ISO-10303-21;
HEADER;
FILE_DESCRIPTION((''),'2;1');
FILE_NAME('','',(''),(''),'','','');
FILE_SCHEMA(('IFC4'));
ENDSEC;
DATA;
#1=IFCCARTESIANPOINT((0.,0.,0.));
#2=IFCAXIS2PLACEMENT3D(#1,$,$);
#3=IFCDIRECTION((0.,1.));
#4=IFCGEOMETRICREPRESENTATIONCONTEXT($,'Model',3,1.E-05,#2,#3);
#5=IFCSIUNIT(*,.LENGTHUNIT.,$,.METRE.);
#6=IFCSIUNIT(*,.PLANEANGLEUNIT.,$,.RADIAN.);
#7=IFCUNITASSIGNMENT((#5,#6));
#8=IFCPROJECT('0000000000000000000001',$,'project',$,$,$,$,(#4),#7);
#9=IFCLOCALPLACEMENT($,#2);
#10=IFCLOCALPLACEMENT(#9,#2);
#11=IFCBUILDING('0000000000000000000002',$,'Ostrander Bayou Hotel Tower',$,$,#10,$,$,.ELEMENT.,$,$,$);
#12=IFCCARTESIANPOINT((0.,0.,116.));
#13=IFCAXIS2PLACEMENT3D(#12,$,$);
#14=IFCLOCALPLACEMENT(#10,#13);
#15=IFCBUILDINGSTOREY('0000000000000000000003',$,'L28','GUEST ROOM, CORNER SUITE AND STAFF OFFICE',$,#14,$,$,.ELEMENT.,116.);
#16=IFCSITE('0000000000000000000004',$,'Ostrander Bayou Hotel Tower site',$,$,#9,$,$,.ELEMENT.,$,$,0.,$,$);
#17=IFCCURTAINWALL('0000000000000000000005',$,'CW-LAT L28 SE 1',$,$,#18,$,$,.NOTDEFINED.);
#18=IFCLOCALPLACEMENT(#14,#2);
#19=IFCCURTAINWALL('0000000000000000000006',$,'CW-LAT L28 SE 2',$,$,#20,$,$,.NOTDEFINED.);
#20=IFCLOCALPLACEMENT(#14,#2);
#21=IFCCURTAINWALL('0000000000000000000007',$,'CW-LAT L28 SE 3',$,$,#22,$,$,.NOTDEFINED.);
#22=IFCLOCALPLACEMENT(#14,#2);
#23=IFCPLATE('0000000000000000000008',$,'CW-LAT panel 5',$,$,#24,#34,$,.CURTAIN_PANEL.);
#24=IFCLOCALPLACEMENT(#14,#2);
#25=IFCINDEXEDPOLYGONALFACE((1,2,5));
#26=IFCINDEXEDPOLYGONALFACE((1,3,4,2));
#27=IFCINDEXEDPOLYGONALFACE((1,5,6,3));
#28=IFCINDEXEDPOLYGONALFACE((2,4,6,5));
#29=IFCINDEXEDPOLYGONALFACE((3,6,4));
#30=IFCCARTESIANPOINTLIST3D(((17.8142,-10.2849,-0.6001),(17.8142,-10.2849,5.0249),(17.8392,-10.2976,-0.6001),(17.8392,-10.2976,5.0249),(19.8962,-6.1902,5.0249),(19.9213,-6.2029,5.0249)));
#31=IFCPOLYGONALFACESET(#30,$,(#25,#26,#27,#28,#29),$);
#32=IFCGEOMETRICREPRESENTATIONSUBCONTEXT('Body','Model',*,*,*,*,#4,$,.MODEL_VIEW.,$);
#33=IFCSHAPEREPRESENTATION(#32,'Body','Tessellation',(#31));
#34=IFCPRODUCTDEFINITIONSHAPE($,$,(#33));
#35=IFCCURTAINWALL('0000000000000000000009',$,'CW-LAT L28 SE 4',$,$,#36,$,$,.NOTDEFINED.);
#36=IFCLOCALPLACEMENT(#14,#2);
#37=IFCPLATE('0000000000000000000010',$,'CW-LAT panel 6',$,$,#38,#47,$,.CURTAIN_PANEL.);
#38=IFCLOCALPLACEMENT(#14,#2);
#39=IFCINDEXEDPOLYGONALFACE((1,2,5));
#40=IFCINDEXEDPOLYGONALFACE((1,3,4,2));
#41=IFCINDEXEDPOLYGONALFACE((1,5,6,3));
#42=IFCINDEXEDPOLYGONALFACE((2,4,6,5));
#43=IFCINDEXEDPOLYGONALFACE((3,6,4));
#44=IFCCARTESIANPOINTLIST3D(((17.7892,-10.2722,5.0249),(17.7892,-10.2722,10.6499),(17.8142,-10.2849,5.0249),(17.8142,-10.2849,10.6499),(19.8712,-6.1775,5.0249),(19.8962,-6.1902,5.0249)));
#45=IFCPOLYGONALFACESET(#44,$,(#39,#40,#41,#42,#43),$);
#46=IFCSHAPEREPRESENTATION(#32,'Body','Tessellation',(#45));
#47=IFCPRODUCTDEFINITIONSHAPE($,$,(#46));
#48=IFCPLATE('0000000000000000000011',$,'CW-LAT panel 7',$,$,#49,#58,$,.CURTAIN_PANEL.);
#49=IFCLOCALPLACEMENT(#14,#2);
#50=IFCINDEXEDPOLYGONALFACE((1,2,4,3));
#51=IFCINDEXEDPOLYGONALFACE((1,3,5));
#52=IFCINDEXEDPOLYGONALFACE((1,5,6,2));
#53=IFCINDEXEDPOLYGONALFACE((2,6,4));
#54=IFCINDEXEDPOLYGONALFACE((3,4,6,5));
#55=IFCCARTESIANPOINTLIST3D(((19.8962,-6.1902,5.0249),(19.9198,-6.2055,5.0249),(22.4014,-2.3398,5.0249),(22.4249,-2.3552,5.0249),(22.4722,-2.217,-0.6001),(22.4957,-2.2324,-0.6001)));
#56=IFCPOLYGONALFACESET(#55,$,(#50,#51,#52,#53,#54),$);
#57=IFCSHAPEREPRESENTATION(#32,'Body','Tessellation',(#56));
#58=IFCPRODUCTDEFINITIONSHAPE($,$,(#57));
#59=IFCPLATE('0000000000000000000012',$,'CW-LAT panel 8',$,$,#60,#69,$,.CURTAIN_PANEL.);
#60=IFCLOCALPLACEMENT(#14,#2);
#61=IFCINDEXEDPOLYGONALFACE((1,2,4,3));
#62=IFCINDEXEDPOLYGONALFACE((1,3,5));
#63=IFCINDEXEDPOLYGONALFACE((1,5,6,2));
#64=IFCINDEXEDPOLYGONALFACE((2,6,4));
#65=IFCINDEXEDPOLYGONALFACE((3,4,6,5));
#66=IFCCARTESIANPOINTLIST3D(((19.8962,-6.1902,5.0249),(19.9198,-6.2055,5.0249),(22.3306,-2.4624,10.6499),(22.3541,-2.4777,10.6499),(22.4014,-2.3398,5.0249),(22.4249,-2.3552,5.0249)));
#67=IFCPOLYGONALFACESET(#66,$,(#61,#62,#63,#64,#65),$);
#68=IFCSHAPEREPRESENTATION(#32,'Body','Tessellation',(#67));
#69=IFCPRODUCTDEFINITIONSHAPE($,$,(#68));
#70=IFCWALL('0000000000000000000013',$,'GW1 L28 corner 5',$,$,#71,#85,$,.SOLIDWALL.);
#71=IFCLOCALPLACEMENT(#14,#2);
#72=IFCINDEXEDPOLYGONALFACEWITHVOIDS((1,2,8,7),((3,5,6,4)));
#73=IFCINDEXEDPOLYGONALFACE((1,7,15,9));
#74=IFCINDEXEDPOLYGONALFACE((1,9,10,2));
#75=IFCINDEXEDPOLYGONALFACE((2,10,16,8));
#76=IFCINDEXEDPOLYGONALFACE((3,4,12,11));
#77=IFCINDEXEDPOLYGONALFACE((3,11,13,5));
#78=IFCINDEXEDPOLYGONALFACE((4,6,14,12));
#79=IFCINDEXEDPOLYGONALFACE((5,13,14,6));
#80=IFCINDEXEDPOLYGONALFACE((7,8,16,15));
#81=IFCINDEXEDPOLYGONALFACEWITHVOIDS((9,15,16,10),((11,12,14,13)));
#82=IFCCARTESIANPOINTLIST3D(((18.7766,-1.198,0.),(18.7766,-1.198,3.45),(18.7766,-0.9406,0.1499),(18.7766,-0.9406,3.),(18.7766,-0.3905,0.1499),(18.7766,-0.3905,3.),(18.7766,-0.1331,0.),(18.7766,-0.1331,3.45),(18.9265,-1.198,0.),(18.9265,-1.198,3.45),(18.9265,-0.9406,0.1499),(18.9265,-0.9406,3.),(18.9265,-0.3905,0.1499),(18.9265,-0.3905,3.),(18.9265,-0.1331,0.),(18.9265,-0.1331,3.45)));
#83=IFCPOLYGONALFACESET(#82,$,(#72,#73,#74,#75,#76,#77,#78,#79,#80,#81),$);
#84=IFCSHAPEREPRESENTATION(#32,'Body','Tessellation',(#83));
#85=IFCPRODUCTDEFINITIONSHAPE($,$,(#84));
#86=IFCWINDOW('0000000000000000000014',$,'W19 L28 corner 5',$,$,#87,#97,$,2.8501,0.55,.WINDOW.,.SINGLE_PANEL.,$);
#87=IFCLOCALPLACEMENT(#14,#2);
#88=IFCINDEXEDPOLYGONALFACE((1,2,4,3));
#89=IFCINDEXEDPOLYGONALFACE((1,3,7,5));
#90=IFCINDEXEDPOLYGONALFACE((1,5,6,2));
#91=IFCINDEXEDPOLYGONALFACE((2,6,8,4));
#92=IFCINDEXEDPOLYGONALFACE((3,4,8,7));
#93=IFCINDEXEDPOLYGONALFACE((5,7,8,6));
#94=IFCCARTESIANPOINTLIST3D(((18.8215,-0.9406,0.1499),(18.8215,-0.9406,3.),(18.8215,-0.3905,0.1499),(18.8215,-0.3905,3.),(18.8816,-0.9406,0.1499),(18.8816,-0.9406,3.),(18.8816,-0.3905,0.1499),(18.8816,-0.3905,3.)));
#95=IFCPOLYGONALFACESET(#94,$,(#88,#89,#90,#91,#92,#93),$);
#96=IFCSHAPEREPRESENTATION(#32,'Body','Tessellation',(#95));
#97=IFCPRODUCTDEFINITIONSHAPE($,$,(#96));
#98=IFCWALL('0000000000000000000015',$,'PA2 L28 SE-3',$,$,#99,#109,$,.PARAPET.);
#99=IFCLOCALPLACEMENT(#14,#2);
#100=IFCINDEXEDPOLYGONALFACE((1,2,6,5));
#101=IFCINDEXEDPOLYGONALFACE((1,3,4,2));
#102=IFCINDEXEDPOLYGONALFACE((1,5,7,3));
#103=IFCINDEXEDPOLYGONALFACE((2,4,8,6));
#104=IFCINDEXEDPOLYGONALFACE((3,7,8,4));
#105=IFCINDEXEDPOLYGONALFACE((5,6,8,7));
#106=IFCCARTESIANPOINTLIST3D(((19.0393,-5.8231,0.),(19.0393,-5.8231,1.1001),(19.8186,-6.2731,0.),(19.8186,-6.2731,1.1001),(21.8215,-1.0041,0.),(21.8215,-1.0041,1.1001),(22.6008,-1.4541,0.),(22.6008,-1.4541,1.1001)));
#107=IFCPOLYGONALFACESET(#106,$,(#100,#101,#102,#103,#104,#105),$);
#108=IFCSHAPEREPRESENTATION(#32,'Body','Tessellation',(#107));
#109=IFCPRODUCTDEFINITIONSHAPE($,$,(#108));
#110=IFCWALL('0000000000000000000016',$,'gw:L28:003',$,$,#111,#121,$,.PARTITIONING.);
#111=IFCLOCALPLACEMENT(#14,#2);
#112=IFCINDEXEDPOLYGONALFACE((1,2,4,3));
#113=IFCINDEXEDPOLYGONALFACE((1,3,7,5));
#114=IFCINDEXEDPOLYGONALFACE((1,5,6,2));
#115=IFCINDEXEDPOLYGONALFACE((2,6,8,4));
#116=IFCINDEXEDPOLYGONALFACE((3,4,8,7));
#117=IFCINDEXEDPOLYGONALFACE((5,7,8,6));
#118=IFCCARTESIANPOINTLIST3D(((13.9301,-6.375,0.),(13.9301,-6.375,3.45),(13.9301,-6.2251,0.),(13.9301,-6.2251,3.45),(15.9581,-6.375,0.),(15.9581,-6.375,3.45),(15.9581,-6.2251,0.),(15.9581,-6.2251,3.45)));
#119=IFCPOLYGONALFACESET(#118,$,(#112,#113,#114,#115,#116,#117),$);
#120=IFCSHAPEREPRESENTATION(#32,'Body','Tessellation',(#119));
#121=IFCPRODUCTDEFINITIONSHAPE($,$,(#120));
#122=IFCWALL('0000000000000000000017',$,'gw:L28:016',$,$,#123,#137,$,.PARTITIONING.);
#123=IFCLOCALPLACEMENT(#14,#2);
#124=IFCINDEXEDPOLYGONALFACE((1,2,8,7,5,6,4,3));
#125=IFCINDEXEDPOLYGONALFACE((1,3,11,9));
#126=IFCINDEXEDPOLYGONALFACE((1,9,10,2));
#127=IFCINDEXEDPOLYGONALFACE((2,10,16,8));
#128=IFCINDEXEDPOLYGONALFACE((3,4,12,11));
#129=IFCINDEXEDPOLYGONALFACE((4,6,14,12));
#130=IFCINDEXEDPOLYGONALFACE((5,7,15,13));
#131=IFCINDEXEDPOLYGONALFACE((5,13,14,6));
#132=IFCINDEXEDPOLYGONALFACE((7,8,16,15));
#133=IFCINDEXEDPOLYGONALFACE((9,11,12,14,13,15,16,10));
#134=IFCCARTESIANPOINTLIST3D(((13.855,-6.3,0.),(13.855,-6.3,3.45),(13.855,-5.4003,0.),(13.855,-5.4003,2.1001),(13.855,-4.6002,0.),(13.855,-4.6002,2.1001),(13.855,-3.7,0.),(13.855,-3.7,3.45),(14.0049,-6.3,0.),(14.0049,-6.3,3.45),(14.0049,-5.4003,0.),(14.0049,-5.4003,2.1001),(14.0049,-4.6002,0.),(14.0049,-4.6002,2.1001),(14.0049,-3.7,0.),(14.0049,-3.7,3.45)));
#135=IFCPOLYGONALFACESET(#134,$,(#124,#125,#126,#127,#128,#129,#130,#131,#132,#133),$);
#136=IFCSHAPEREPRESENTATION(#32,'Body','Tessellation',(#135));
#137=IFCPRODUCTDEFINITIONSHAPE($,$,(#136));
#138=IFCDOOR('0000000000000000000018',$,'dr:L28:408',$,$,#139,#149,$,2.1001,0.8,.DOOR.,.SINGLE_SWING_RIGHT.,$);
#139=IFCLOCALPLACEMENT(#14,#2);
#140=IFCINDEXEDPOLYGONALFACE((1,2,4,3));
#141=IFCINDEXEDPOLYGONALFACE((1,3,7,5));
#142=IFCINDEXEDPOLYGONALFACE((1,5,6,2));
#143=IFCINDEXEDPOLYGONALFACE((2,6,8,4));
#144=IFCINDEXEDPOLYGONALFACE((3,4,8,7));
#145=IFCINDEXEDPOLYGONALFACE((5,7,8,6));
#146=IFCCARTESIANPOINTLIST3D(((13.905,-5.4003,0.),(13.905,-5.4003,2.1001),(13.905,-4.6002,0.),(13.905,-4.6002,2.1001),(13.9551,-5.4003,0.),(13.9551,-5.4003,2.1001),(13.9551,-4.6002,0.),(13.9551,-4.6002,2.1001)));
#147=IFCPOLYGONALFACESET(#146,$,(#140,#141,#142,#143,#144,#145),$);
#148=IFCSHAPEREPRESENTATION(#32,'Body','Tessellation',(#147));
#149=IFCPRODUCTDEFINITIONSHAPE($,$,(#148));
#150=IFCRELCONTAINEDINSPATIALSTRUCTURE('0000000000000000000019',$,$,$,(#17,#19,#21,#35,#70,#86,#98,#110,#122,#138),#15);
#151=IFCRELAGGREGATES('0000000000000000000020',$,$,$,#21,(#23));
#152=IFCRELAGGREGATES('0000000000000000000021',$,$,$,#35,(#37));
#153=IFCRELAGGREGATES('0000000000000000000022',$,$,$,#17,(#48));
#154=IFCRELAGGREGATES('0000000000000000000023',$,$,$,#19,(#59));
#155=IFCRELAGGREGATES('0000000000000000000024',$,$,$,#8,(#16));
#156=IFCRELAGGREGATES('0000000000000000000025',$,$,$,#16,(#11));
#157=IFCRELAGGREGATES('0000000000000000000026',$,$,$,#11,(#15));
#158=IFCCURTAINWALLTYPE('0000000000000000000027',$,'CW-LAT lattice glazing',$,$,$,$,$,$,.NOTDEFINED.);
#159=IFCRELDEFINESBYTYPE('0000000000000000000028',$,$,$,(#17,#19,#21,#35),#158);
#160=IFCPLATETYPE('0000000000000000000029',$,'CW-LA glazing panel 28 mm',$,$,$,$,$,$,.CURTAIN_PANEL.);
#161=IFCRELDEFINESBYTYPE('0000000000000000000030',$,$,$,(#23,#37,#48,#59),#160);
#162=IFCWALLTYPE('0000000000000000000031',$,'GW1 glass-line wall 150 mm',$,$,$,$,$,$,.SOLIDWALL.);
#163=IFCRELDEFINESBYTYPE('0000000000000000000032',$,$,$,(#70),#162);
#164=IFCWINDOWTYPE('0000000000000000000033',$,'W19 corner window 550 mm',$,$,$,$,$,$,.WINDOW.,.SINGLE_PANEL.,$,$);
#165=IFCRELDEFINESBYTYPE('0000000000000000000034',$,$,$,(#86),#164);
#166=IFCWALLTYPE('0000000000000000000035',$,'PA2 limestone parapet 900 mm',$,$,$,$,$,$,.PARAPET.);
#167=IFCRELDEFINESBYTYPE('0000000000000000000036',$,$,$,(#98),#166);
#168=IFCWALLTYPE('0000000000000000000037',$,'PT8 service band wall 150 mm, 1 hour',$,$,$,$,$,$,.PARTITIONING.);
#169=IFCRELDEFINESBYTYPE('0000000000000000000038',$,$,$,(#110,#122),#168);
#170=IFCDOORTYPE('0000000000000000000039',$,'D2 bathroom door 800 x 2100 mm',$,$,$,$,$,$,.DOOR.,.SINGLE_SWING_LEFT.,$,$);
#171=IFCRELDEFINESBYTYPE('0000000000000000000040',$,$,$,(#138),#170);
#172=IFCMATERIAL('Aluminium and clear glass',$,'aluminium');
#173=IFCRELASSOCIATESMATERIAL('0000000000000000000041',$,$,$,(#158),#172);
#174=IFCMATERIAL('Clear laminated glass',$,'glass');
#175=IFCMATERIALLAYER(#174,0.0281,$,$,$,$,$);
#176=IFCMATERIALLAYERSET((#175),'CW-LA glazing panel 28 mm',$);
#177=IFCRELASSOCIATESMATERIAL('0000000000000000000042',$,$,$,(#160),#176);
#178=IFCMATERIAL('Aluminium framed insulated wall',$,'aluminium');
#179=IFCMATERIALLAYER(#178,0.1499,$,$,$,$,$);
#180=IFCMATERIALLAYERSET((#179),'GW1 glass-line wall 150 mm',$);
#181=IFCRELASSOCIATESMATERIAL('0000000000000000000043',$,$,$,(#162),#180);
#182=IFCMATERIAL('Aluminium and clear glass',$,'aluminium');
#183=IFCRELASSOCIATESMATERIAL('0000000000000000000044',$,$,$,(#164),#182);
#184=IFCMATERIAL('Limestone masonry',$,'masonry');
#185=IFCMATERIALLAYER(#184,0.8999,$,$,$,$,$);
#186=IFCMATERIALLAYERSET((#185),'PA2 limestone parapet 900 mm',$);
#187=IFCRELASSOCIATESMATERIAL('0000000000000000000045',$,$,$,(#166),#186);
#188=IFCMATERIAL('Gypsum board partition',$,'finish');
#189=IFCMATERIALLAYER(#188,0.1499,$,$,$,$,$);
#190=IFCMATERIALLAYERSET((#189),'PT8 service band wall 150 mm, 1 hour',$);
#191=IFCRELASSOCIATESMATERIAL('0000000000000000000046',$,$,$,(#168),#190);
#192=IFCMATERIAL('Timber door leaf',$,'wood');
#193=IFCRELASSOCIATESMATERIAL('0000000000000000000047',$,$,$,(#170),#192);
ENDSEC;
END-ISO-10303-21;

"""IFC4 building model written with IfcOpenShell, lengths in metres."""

from ifc_helpers import new_model, si_unit, direction, frame, frame_2d, origin, place, context, subcontext, project, spatial, polyline, rectangle, outline, extrude, material, layer, layer_set, type_object, element, fill, aggregate, save


model = new_model("IFC4")

# Units and contexts
model_context = context("Model", 3, precision=1e-05, world=origin(), true_north=direction((0.0, 1.0)))
body_context = subcontext(model_context, "Body", "Model", "MODEL_VIEW")
ifc_project = project(units=[si_unit("LENGTHUNIT", "METRE"), si_unit("PLANEANGLEUNIT", "RADIAN")], contexts=[model_context])

# Site, building, storey
site_placement = place(None, origin())
site = spatial("IfcSite", under=ifc_project, at=site_placement, Name="Ostrander Bayou Hotel Tower site", CompositionType="ELEMENT", RefElevation=0.0)
building_placement = place(site_placement, origin())
building = spatial("IfcBuilding", under=site, at=building_placement, Name="Ostrander Bayou Hotel Tower", CompositionType="ELEMENT")
storey_placement = place(building_placement, frame((0.0, 0.0, 116.0)))
storey = spatial("IfcBuildingStorey", under=building, at=storey_placement, Name="L28", Description="GUEST ROOM, CORNER SUITE AND STAFF OFFICE", CompositionType="ELEMENT", Elevation=116.0)

# Curtain wall
ifc_material_1 = material(Name="Aluminium and clear glass", Category="aluminium")
curtain_wall_type = type_object("IfcCurtainWallType", Name="CW-LAT lattice glazing", PredefinedType="NOTDEFINED", material=ifc_material_1)
curtain_wall_1_placement = place(storey_placement, origin())
curtain_wall_1 = element("IfcCurtainWall", 1, at=curtain_wall_1_placement, inside=storey, type_object=curtain_wall_type, Name="CW-LAT L28 SE 1", PredefinedType="NOTDEFINED")

# Curtain wall
curtain_wall_2_placement = place(storey_placement, origin())
curtain_wall_2 = element("IfcCurtainWall", 2, at=curtain_wall_2_placement, inside=storey, type_object=curtain_wall_type, Name="CW-LAT L28 SE 2", PredefinedType="NOTDEFINED")

# Curtain walls, plates
curtain_wall_3_placement = place(storey_placement, origin())
curtain_wall_3 = element("IfcCurtainWall", 3, at=curtain_wall_3_placement, inside=storey, type_object=curtain_wall_type, Name="CW-LAT L28 SE 3", PredefinedType="NOTDEFINED")
ifc_material_2 = material(Name="Clear laminated glass", Category="glass")
ifc_layer_1 = layer(ifc_material_2, 0.0281)
ifc_layer_set_1 = layer_set([ifc_layer_1], Name="CW-LA glazing panel 28 mm")
plate_type = type_object("IfcPlateType", Name="CW-LA glazing panel 28 mm", PredefinedType="CURTAIN_PANEL", material=ifc_layer_set_1)
plate_1_placement = place(storey_placement, frame((19.8962, -6.1902, 5.0249), z_axis=(-0.891388, 0.453241, 0.0), x_axis=(-0.286687, -0.563827, -0.774539)))
plate_1 = element("IfcPlate", 4, at=plate_1_placement, type_object=plate_type, Name="CW-LAT panel 5", PredefinedType="CURTAIN_PANEL", context=body_context, shape_type="SweptSolid", body=[
    extrude(outline(polyline([(0.0, 0.0), (7.2624, 0.0), (2.9056, 3.558), (0.0, 0.0)])), origin(), (0.0, 0.0, -1.0), 0.0281),
])
aggregate(curtain_wall_3, [plate_1])
curtain_wall_4_placement = place(storey_placement, origin())
curtain_wall_4 = element("IfcCurtainWall", 5, at=curtain_wall_4_placement, inside=storey, type_object=curtain_wall_type, Name="CW-LAT L28 SE 4", PredefinedType="NOTDEFINED")
plate_2_placement = place(storey_placement, frame((19.8962, -6.1902, 5.0249), z_axis=(0.891388, -0.453241, 0.0), x_axis=(-0.286687, -0.563827, 0.774539)))
plate_2 = element("IfcPlate", 6, at=plate_2_placement, type_object=plate_type, Name="CW-LAT panel 6", PredefinedType="CURTAIN_PANEL", context=body_context, shape_type="SweptSolid", body=[
    extrude(outline(polyline([(0.0, 0.0), (7.2624, 0.0), (2.9056, 3.558), (0.0, 0.0)])), origin(), (0.0, 0.0, -1.0), 0.0281),
])
aggregate(curtain_wall_4, [plate_2])

# Plates
plate_3_placement = place(storey_placement, frame((19.8962, -6.1902, 5.0249), z_axis=(-0.838204, 0.545356, 0.001356), x_axis=(0.350339, 0.540367, -0.765027)))
plate_3 = element("IfcPlate", 7, at=plate_3_placement, type_object=plate_type, Name="CW-LAT panel 7", PredefinedType="CURTAIN_PANEL", context=body_context, shape_type="SweptSolid", body=[
    extrude(outline(polyline([(0.0, 0.0), (7.3527, 0.0), (2.9582, -3.5142), (0.0, 0.0)])), origin(), (0.0, 0.0, -1.0), 0.0281),
])
aggregate(curtain_wall_1, [plate_3])
plate_4_placement = place(storey_placement, frame((19.8962, -6.1902, 5.0249), z_axis=(-0.838204, 0.545356, 0.001332), x_axis=(0.339337, 0.519641, 0.784107)))
plate_4 = element("IfcPlate", 8, at=plate_4_placement, type_object=plate_type, Name="CW-LAT panel 8", PredefinedType="CURTAIN_PANEL", context=body_context, shape_type="SweptSolid", body=[
    extrude(outline(polyline([(0.0, 0.0), (7.1738, 0.0), (2.8509, 3.6018), (0.0, 0.0)])), origin(), (0.0, 0.0, -1.0), 0.0281),
])
aggregate(curtain_wall_2, [plate_4])

# Wall, opening, window
ifc_material_3 = material(Name="Aluminium framed insulated wall", Category="aluminium")
ifc_layer_2 = layer(ifc_material_3, 0.1499)
ifc_layer_set_2 = layer_set([ifc_layer_2], Name="GW1 glass-line wall 150 mm")
wall_type_1 = type_object("IfcWallType", Name="GW1 glass-line wall 150 mm", PredefinedType="SOLIDWALL", material=ifc_layer_set_2)
wall_1_placement = place(storey_placement, frame((18.8516, -1.198, 0.0), z_axis=(0.0, 0.0, 1.0), x_axis=(0.0, 1.0, 0.0)))
wall_1 = element("IfcWall", 9, at=wall_1_placement, inside=storey, type_object=wall_type_1, Name="GW1 L28 corner 5", PredefinedType="SOLIDWALL", context=body_context, shape_type="SweptSolid", body=[
    extrude(rectangle(XDim=1.0649, YDim=0.1499, at=frame_2d((0.5325, 0.0))), origin(), (0.0, 0.0, 1.0), 3.45),
])
opening_1_placement = place(wall_1_placement, frame((0.2576, 0.0, 0.1499)))
opening_1 = element("IfcOpeningElement", 10, at=opening_1_placement, cuts=wall_1, PredefinedType="OPENING", context=body_context, shape_type="SweptSolid", body=[
    extrude(rectangle(XDim=0.55, YDim=2.8501, at=frame_2d((0.2749, 1.425))), frame((0.0, 0.075, 0.0), z_axis=(0.0, -1.0, 0.0), x_axis=(1.0, 0.0, 0.0)), (0.0, 0.0, 1.0), 0.1499),
])
ifc_material_4 = material(Name="Aluminium and clear glass", Category="aluminium")
window_type = type_object("IfcWindowType", Name="W19 corner window 550 mm", PartitioningType="SINGLE_PANEL", PredefinedType="WINDOW", material=ifc_material_4)
window_placement = place(opening_1_placement, origin())
window = element("IfcWindow", 11, at=window_placement, inside=storey, type_object=window_type, Name="W19 L28 corner 5", OverallHeight=2.8501, OverallWidth=0.55, PartitioningType="SINGLE_PANEL", PredefinedType="WINDOW", context=body_context, shape_type="SweptSolid", body=[
    extrude(rectangle(XDim=0.55, YDim=2.8501, at=frame_2d((0.2749, 1.425))), frame((0.0, 0.03, 0.0), z_axis=(0.0, -1.0, 0.0), x_axis=(1.0, 0.0, 0.0)), (0.0, 0.0, 1.0), 0.0601),
])
fill(opening_1, window)

# Walls
ifc_material_5 = material(Name="Limestone masonry", Category="masonry")
ifc_layer_3 = layer(ifc_material_5, 0.8999)
ifc_layer_set_3 = layer_set([ifc_layer_3], Name="PA2 limestone parapet 900 mm")
wall_type_2 = type_object("IfcWallType", Name="PA2 limestone parapet 900 mm", PredefinedType="PARAPET", material=ifc_layer_set_3)
wall_2_placement = place(storey_placement, frame((19.429, -6.0481, 0.0), z_axis=(0.0, 0.0, 1.0), x_axis=(0.49999, 0.866031, 0.0)))
element("IfcWall", 12, at=wall_2_placement, inside=storey, type_object=wall_type_2, Name="PA2 L28 SE-3", PredefinedType="PARAPET", context=body_context, shape_type="SweptSolid", body=[
    extrude(rectangle(XDim=5.5645, YDim=0.8999, at=frame_2d((2.7822, 0.0))), origin(), (0.0, 0.0, 1.0), 1.1001),
])
ifc_material_6 = material(Name="Gypsum board partition", Category="finish")
ifc_layer_4 = layer(ifc_material_6, 0.1499)
ifc_layer_set_4 = layer_set([ifc_layer_4], Name="PT8 service band wall 150 mm, 1 hour")
wall_type_3 = type_object("IfcWallType", Name="PT8 service band wall 150 mm, 1 hour", PredefinedType="PARTITIONING", material=ifc_layer_set_4)
wall_3_placement = place(storey_placement, frame((13.9299, -6.3, 0.0), z_axis=(0.0, 0.0, 1.0), x_axis=(1.0, 0.0, 0.0)))
element("IfcWall", 13, at=wall_3_placement, inside=storey, type_object=wall_type_3, Name="gw:L28:003", PredefinedType="PARTITIONING", context=body_context, shape_type="SweptSolid", body=[
    extrude(rectangle(XDim=2.0281, YDim=0.1499, at=frame_2d((1.0142, 0.0))), origin(), (0.0, 0.0, 1.0), 3.45),
])

# Wall, opening, door
wall_4_placement = place(storey_placement, frame((13.9299, -6.3, 0.0), z_axis=(0.0, 0.0, 1.0), x_axis=(0.0, 1.0, 0.0)))
wall_4 = element("IfcWall", 14, at=wall_4_placement, inside=storey, type_object=wall_type_3, Name="gw:L28:016", PredefinedType="PARTITIONING", context=body_context, shape_type="SweptSolid", body=[
    extrude(rectangle(XDim=2.6001, YDim=0.1499, at=frame_2d((1.3, 0.0))), origin(), (0.0, 0.0, 1.0), 3.45),
])
opening_2_placement = place(wall_4_placement, frame((0.8999, 0.0, 0.0)))
opening_2 = element("IfcOpeningElement", 15, at=opening_2_placement, cuts=wall_4, PredefinedType="OPENING", context=body_context, shape_type="SweptSolid", body=[
    extrude(rectangle(XDim=0.8, YDim=2.1001, at=frame_2d((0.3999, 1.05))), frame((0.0, 0.075, 0.0), z_axis=(0.0, -1.0, 0.0), x_axis=(1.0, 0.0, 0.0)), (0.0, 0.0, 1.0), 0.1499),
])
ifc_material_7 = material(Name="Timber door leaf", Category="wood")
door_type_1 = type_object("IfcDoorType", Name="D2 bathroom door 800 x 2100 mm", OperationType="SINGLE_SWING_LEFT", PredefinedType="DOOR", material=ifc_material_7)
door_1_placement = place(opening_2_placement, origin())
door_1 = element("IfcDoor", 16, at=door_1_placement, inside=storey, type_object=door_type_1, Name="dr:L28:408", OperationType="SINGLE_SWING_RIGHT", OverallHeight=2.1001, OverallWidth=0.8, PredefinedType="DOOR", context=body_context, shape_type="SweptSolid", body=[
    extrude(rectangle(XDim=0.8, YDim=2.1001, at=frame_2d((0.3999, 1.05))), frame((0.0, 0.0249, 0.0), z_axis=(0.0, -1.0, 0.0), x_axis=(1.0, 0.0, 0.0)), (0.0, 0.0, 1.0), 0.05),
])
fill(opening_2, door_1)

save(model, "model.ifc")
